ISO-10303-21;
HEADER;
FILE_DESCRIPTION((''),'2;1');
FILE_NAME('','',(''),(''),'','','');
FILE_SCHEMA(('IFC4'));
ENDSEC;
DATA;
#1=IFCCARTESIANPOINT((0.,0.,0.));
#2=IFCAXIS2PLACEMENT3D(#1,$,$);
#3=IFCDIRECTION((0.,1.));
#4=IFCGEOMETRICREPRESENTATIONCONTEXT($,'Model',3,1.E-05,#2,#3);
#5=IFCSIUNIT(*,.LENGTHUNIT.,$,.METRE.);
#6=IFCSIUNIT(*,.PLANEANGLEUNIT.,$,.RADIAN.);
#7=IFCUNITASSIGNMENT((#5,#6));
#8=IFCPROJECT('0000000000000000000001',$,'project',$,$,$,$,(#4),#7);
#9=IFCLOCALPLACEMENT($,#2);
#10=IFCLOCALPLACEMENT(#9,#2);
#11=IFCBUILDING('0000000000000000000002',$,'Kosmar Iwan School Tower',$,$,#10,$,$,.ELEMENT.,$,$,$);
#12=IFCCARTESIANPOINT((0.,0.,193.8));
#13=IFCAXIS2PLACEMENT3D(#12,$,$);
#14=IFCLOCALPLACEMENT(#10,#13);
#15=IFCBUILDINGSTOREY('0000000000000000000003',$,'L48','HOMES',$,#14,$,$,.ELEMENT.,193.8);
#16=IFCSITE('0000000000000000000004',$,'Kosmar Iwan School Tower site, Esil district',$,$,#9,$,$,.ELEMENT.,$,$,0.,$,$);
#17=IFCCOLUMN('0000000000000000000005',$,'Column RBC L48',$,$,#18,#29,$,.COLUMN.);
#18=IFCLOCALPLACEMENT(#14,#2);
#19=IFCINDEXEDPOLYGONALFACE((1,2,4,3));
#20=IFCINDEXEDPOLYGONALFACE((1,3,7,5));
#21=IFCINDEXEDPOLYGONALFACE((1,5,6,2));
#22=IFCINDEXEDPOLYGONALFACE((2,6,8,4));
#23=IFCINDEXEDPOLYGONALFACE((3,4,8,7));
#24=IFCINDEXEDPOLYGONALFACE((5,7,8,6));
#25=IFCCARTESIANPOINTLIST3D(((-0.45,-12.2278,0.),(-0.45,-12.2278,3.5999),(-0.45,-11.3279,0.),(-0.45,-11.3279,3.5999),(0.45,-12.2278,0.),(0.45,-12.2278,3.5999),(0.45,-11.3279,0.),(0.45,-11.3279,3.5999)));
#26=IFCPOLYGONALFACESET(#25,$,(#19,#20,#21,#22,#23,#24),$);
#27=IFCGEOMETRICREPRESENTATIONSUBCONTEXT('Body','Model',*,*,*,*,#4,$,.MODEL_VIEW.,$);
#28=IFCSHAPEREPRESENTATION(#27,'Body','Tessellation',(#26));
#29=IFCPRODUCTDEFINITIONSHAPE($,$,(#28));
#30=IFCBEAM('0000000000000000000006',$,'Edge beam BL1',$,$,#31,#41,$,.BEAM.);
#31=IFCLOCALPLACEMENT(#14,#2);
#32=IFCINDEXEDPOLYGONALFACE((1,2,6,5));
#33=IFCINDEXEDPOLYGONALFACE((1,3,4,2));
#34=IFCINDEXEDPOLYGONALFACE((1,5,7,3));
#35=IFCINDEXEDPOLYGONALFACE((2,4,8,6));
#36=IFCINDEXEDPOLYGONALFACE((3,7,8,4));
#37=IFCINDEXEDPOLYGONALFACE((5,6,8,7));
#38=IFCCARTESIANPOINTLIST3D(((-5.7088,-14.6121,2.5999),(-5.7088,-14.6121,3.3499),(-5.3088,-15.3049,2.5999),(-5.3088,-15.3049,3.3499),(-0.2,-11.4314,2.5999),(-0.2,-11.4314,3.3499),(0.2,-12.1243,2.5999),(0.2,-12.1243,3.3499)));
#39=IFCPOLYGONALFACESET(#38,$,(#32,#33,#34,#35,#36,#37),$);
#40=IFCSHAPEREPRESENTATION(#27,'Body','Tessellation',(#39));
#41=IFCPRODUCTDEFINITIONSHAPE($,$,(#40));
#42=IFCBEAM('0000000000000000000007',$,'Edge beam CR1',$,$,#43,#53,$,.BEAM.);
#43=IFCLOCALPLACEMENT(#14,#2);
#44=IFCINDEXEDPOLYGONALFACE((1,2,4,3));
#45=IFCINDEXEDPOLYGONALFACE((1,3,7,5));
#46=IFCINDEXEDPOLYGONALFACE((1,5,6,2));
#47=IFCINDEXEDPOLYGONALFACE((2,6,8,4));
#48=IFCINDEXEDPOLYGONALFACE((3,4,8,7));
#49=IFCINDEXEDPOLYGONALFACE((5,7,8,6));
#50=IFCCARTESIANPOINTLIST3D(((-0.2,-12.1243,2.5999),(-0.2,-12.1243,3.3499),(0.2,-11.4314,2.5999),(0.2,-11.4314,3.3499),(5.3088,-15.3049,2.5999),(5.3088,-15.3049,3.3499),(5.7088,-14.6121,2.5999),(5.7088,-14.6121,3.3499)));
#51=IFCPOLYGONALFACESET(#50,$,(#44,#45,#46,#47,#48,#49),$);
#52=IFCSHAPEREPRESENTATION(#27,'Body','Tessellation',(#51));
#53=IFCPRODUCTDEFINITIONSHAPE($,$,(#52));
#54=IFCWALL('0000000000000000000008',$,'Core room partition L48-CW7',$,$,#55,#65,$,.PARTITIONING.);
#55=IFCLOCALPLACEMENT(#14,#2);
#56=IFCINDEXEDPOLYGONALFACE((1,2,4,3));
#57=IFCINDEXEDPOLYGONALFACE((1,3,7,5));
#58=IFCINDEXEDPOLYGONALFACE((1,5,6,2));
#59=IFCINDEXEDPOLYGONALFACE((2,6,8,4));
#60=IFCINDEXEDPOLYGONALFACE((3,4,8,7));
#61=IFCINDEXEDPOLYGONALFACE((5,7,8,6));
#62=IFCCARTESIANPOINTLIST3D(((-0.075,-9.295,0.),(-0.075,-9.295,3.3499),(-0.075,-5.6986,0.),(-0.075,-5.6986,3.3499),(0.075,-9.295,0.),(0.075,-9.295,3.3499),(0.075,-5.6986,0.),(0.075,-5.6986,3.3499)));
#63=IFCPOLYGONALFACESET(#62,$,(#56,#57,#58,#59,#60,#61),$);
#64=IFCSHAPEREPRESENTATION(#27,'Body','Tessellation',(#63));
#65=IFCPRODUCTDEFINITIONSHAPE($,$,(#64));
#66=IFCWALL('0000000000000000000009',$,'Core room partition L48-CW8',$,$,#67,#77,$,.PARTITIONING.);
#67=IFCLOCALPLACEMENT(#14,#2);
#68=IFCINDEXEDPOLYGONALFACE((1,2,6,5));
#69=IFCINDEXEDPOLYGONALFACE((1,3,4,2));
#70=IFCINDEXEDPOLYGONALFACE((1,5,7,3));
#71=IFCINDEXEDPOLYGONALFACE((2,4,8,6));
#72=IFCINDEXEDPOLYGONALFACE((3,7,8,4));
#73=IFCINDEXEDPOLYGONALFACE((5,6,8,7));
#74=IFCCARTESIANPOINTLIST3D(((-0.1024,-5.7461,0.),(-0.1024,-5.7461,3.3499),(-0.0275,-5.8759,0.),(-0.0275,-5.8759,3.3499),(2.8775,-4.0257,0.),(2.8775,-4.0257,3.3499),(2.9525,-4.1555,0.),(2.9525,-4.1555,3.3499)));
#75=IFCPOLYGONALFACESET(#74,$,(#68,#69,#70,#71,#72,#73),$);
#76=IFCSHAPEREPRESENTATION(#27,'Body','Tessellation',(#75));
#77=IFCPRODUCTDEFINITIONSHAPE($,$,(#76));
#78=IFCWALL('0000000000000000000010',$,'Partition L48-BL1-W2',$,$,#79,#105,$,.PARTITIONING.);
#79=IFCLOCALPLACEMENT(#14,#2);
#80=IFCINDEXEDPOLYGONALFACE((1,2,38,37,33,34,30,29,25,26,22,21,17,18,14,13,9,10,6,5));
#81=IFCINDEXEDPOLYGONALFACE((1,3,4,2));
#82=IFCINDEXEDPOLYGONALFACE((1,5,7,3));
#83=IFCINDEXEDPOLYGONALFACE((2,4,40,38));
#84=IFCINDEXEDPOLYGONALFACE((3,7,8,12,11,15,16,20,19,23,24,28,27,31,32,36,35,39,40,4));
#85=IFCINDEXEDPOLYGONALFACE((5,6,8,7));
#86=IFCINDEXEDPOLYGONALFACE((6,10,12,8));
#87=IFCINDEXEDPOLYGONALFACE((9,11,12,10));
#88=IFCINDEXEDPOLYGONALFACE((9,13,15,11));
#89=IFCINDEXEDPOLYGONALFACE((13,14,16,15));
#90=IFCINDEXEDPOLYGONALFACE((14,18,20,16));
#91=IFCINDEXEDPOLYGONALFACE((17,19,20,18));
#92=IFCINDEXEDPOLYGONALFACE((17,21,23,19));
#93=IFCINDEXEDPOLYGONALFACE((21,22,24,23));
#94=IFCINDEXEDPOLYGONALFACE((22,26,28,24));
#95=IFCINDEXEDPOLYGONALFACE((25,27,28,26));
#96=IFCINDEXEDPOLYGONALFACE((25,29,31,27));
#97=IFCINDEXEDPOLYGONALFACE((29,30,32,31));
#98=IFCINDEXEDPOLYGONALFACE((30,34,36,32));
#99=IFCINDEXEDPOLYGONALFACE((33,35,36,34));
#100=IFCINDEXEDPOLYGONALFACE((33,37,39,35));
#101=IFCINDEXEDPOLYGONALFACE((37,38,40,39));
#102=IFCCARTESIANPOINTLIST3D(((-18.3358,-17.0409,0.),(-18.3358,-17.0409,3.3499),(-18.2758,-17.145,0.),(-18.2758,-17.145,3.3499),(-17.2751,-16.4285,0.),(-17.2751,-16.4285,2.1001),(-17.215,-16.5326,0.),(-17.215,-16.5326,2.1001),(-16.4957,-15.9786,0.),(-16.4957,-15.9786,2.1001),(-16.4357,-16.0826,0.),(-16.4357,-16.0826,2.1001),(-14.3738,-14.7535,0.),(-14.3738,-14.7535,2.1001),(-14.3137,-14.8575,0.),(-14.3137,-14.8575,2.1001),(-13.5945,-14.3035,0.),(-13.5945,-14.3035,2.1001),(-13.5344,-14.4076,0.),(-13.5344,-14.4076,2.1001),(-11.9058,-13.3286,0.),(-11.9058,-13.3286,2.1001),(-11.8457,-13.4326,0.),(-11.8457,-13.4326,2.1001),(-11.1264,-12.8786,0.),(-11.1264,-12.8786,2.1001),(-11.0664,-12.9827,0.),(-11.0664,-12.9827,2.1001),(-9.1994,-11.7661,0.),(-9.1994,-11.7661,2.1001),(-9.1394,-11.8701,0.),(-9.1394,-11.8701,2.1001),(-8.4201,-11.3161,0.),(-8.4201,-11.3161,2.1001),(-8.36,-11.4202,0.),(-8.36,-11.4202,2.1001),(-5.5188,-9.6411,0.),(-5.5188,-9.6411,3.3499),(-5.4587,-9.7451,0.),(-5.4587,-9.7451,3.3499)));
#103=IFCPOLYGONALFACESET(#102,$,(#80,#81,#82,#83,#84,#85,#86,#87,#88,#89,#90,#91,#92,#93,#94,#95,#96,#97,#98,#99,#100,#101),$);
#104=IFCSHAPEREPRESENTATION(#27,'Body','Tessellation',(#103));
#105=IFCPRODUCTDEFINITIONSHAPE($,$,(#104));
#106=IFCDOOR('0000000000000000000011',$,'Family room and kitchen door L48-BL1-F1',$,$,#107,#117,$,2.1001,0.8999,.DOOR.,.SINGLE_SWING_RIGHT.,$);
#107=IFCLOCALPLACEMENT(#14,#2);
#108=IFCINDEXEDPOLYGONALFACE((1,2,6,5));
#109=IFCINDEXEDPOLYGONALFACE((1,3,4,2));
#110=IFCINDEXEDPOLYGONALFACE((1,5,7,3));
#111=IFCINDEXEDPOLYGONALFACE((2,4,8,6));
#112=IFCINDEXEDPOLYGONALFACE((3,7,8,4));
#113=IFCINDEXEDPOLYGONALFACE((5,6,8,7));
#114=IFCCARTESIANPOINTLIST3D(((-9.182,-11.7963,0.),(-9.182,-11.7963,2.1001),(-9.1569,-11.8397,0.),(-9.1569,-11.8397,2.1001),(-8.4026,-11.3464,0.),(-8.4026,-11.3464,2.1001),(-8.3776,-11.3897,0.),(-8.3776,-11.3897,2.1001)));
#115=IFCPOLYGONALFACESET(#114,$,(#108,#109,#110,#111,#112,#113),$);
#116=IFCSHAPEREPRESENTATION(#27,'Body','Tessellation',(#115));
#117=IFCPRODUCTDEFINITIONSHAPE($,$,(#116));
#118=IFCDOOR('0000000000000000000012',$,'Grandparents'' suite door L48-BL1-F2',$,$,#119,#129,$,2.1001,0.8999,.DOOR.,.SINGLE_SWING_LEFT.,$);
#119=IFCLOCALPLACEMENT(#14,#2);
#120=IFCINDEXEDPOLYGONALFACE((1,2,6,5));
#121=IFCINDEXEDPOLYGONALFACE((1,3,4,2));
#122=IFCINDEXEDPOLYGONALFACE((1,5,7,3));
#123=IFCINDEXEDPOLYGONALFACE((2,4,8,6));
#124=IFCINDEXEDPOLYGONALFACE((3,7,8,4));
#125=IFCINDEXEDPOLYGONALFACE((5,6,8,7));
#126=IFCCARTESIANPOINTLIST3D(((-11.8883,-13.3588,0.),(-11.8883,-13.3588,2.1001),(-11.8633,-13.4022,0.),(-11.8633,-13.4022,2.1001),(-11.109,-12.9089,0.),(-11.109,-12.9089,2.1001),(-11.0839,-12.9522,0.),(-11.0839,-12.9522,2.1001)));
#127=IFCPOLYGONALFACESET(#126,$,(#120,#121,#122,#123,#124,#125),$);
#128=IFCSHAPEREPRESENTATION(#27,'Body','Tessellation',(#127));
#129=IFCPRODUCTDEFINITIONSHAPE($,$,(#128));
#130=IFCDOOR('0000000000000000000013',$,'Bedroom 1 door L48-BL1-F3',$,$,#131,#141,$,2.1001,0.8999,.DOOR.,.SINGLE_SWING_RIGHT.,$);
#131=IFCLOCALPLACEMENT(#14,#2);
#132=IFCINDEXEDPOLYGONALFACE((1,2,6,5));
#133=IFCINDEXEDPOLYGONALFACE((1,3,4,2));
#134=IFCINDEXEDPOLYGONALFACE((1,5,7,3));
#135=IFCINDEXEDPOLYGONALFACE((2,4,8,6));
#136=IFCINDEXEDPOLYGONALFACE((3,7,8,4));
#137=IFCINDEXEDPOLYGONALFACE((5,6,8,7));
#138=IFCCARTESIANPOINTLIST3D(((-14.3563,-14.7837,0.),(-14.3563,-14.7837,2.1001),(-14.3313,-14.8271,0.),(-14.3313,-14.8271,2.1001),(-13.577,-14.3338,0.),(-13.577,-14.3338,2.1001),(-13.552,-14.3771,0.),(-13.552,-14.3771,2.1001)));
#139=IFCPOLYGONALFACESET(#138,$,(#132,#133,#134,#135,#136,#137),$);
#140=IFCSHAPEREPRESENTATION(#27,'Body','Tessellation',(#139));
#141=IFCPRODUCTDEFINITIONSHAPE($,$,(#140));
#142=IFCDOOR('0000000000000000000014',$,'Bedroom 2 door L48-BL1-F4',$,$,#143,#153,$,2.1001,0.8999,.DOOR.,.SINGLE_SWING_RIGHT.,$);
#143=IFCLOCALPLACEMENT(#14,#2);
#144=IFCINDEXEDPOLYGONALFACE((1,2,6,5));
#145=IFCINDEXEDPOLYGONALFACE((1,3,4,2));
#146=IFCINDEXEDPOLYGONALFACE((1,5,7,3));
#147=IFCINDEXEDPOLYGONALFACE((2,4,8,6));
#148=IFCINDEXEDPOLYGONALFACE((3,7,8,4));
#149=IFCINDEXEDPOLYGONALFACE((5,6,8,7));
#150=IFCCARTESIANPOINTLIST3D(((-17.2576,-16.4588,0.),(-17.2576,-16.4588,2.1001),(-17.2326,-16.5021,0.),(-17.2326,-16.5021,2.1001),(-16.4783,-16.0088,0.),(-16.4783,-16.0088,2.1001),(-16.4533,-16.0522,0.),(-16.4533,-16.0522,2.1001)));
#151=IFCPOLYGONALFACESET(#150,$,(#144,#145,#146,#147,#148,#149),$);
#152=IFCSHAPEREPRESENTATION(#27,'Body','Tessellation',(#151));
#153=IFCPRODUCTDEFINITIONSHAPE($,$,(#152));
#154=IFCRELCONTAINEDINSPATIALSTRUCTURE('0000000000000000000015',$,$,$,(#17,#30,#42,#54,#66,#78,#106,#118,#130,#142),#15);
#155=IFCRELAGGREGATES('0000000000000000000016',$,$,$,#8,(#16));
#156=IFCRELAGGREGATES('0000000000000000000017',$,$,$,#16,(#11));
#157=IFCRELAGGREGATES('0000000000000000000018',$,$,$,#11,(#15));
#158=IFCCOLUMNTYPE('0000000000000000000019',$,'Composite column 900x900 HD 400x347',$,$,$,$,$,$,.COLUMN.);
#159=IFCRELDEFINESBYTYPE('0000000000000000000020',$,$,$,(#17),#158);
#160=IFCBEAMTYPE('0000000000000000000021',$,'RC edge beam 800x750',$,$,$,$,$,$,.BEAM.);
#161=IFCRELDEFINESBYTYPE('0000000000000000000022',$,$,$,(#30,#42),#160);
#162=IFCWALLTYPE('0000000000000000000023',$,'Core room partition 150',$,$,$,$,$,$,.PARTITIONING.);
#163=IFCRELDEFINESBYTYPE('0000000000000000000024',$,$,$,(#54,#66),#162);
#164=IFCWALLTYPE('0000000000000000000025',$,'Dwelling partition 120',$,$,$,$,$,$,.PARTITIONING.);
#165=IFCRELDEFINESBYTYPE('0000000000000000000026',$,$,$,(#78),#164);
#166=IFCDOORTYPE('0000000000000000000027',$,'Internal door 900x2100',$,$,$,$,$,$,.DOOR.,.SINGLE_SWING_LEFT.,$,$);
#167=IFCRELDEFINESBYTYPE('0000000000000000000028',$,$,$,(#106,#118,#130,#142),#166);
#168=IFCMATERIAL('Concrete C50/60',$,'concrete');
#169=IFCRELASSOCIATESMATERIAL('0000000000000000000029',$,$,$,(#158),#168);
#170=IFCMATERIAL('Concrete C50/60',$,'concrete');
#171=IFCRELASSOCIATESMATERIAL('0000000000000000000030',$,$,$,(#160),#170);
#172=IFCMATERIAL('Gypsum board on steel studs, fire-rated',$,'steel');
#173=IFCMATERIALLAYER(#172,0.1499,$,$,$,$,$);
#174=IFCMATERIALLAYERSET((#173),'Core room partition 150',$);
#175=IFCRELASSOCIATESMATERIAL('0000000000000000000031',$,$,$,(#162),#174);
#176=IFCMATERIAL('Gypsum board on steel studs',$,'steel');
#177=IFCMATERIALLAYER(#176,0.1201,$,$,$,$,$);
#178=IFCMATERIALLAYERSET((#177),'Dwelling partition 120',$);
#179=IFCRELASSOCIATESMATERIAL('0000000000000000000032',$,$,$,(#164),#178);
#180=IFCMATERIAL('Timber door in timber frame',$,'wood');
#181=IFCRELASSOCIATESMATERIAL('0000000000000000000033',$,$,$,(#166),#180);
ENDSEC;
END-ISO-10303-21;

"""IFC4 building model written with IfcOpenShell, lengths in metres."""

from ifc_helpers import new_model, si_unit, direction, frame, frame_2d, origin, origin_2d, place, context, subcontext, project, spatial, rectangle, extrude, material, layer, layer_set, material_profile, profile_set, type_object, element, fill, save


model = new_model("IFC4")

# Units and contexts
model_context = context("Model", 3, precision=1e-05, world=origin(), true_north=direction((0.0, 1.0)))
body_context = subcontext(model_context, "Body", "Model", "MODEL_VIEW")
ifc_project = project(units=[si_unit("LENGTHUNIT", "METRE"), si_unit("PLANEANGLEUNIT", "RADIAN")], contexts=[model_context])

# Site, building, storey
site_placement = place(None, origin())
site = spatial("IfcSite", under=ifc_project, at=site_placement, Name="Kosmar Iwan School Tower site, Esil district", CompositionType="ELEMENT", RefElevation=0.0)
building_placement = place(site_placement, origin())
building = spatial("IfcBuilding", under=site, at=building_placement, Name="Kosmar Iwan School Tower", CompositionType="ELEMENT")
storey_placement = place(building_placement, frame((0.0, 0.0, 193.8)))
storey = spatial("IfcBuildingStorey", under=building, at=storey_placement, Name="L48", Description="HOMES", CompositionType="ELEMENT", Elevation=193.8)

# Column
ifc_material_1 = material(Name="Concrete C50/60", Category="concrete")
ifc_material_profile_1 = material_profile(ifc_material_1, rectangle(XDim=0.8999, YDim=0.8999, at=origin_2d()), Name="RC 900x900 + HD 400x347")
ifc_profile_set_1 = profile_set([ifc_material_profile_1], Name="Concrete C50/60")
column_type = type_object("IfcColumnType", Name="Composite column 900x900 HD 400x347", PredefinedType="COLUMN", material=ifc_profile_set_1)
column_placement = place(storey_placement, frame((0.0, -11.7778, 0.0), z_axis=(0.0, 0.0, 1.0), x_axis=(1.0, 0.0, 0.0)))
element("IfcColumn", 1, at=column_placement, inside=storey, type_object=column_type, Name="Column RBC L48", PredefinedType="COLUMN", context=body_context, shape_type="SweptSolid", body=[
    extrude(rectangle(XDim=0.8999, YDim=0.8999, at=origin_2d()), origin(), (0.0, 0.0, 1.0), 3.5999),
])

# Beams
ifc_material_2 = material(Name="Concrete C50/60", Category="concrete")
ifc_material_profile_2 = material_profile(ifc_material_2, rectangle(XDim=0.8, YDim=0.75, at=origin_2d()), Name="RC 800x750")
ifc_profile_set_2 = profile_set([ifc_material_profile_2], Name="Concrete C50/60")
beam_type = type_object("IfcBeamType", Name="RC edge beam 800x750", PredefinedType="BEAM", material=ifc_profile_set_2)
for number, where, z_axis, x_axis, name in (
    (2, (0.0, -11.7778, 2.9749), (-0.866014, -0.500019, 0.0), (0.500019, -0.866014, 0.0), "Edge beam BL1"),
    (3, (0.0, -11.7778, 2.9749), (0.866014, -0.500019, 0.0), (0.500019, 0.866014, 0.0), "Edge beam CR1"),
):
    element("IfcBeam", number, at=place(storey_placement, frame(where, z_axis=z_axis, x_axis=x_axis)), inside=storey, type_object=beam_type, Name=name, PredefinedType="BEAM", context=body_context, shape_type="SweptSolid", body=[
        extrude(rectangle(XDim=0.8, YDim=0.75, at=origin_2d()), origin(), (0.0, 0.0, 1.0), 6.3611),
    ])

# Walls
ifc_material_3 = material(Name="Gypsum board on steel studs, fire-rated", Category="steel")
ifc_layer_1 = layer(ifc_material_3, 0.1499)
ifc_layer_set_1 = layer_set([ifc_layer_1], Name="Core room partition 150")
wall_type_1 = type_object("IfcWallType", Name="Core room partition 150", PredefinedType="PARTITIONING", material=ifc_layer_set_1)
wall_1_placement = place(storey_placement, frame((0.0, -5.6985, 0.0), z_axis=(0.0, 0.0, 1.0), x_axis=(0.0, -1.0, 0.0)))
element("IfcWall", 4, at=wall_1_placement, inside=storey, type_object=wall_type_1, Name="Core room partition L48-CW7", PredefinedType="PARTITIONING", context=body_context, shape_type="SweptSolid", body=[
    extrude(rectangle(XDim=3.5964, YDim=0.1499, at=frame_2d((1.7983, 0.0))), origin(), (0.0, 0.0, 1.0), 3.3499),
])
wall_2_placement = place(storey_placement, frame((-0.0649, -5.811, 0.0), z_axis=(0.0, 0.0, 1.0), x_axis=(0.86603, 0.499993, 0.0)))
element("IfcWall", 5, at=wall_2_placement, inside=storey, type_object=wall_type_1, Name="Core room partition L48-CW8", PredefinedType="PARTITIONING", context=body_context, shape_type="SweptSolid", body=[
    extrude(rectangle(XDim=3.4409, YDim=0.1499, at=frame_2d((1.7205, 0.0))), origin(), (0.0, 0.0, 1.0), 3.3499),
])

# Wall, openings, doors
ifc_material_4 = material(Name="Gypsum board on steel studs", Category="steel")
ifc_layer_2 = layer(ifc_material_4, 0.1201)
ifc_layer_set_2 = layer_set([ifc_layer_2], Name="Dwelling partition 120")
wall_type_2 = type_object("IfcWallType", Name="Dwelling partition 120", PredefinedType="PARTITIONING", material=ifc_layer_set_2)
wall_3_placement = place(storey_placement, frame((-5.4888, -9.6931, 0.0), z_axis=(0.0, 0.0, 1.0), x_axis=(-0.866028, -0.499996, 0.0)))
wall_3 = element("IfcWall", 6, at=wall_3_placement, inside=storey, type_object=wall_type_2, Name="Partition L48-BL1-W2", PredefinedType="PARTITIONING", context=body_context, shape_type="SweptSolid", body=[
    extrude(rectangle(XDim=14.7998, YDim=0.1201, at=frame_2d((7.3999, 0.0))), origin(), (0.0, 0.0, 1.0), 3.3499),
])
opening_1_placement = place(wall_3_placement, frame((3.3501, 0.0, 0.0)))
opening_1 = element("IfcOpeningElement", 7, at=opening_1_placement, cuts=wall_3, PredefinedType="OPENING", context=body_context, shape_type="SweptSolid", body=[
    extrude(rectangle(XDim=0.8999, YDim=2.1001, at=frame_2d((0.45, 1.05))), frame((0.0, 0.072, 0.0), z_axis=(0.0, -1.0, 0.0), x_axis=(1.0, 0.0, 0.0)), (0.0, 0.0, 1.0), 0.144),
])
opening_2_placement = place(wall_3_placement, frame((6.4751, 0.0, 0.0)))
opening_2 = element("IfcOpeningElement", 8, at=opening_2_placement, cuts=wall_3, PredefinedType="OPENING", context=body_context, shape_type="SweptSolid", body=[
    extrude(rectangle(XDim=0.8999, YDim=2.1001, at=frame_2d((0.45, 1.05))), frame((0.0, 0.072, 0.0), z_axis=(0.0, -1.0, 0.0), x_axis=(1.0, 0.0, 0.0)), (0.0, 0.0, 1.0), 0.144),
])
opening_3_placement = place(wall_3_placement, frame((9.325, 0.0, 0.0)))
opening_3 = element("IfcOpeningElement", 9, at=opening_3_placement, cuts=wall_3, PredefinedType="OPENING", context=body_context, shape_type="SweptSolid", body=[
    extrude(rectangle(XDim=0.8999, YDim=2.1001, at=frame_2d((0.45, 1.05))), frame((0.0, 0.072, 0.0), z_axis=(0.0, -1.0, 0.0), x_axis=(1.0, 0.0, 0.0)), (0.0, 0.0, 1.0), 0.144),
])
opening_4_placement = place(wall_3_placement, frame((12.675, 0.0, 0.0)))
opening_4 = element("IfcOpeningElement", 10, at=opening_4_placement, cuts=wall_3, PredefinedType="OPENING", context=body_context, shape_type="SweptSolid", body=[
    extrude(rectangle(XDim=0.8999, YDim=2.1001, at=frame_2d((0.45, 1.05))), frame((0.0, 0.072, 0.0), z_axis=(0.0, -1.0, 0.0), x_axis=(1.0, 0.0, 0.0)), (0.0, 0.0, 1.0), 0.144),
])
ifc_material_5 = material(Name="Timber door in timber frame", Category="wood")
door_type = type_object("IfcDoorType", Name="Internal door 900x2100", OperationType="SINGLE_SWING_LEFT", PredefinedType="DOOR", material=ifc_material_5)
door_1_placement = place(opening_1_placement, origin())
door_1 = element("IfcDoor", 11, at=door_1_placement, inside=storey, type_object=door_type, Name="Family room and kitchen door L48-BL1-F1", OperationType="SINGLE_SWING_RIGHT", OverallHeight=2.1001, OverallWidth=0.8999, PredefinedType="DOOR", context=body_context, shape_type="SweptSolid", body=[
    extrude(rectangle(XDim=0.8999, YDim=2.1001, at=frame_2d((0.45, 1.05))), frame((0.0, 0.0249, 0.0), z_axis=(0.0, -1.0, 0.0), x_axis=(1.0, 0.0, 0.0)), (0.0, 0.0, 1.0), 0.05),
])
fill(opening_1, door_1)
door_2_placement = place(opening_2_placement, origin())
door_2 = element("IfcDoor", 12, at=door_2_placement, inside=storey, type_object=door_type, Name="Grandparents' suite door L48-BL1-F2", OperationType="SINGLE_SWING_LEFT", OverallHeight=2.1001, OverallWidth=0.8999, PredefinedType="DOOR", context=body_context, shape_type="SweptSolid", body=[
    extrude(rectangle(XDim=0.8999, YDim=2.1001, at=frame_2d((0.45, 1.05))), frame((0.0, 0.0249, 0.0), z_axis=(0.0, -1.0, 0.0), x_axis=(1.0, 0.0, 0.0)), (0.0, 0.0, 1.0), 0.05),
])
fill(opening_2, door_2)
door_3_placement = place(opening_3_placement, origin())
door_3 = element("IfcDoor", 13, at=door_3_placement, inside=storey, type_object=door_type, Name="Bedroom 1 door L48-BL1-F3", OperationType="SINGLE_SWING_RIGHT", OverallHeight=2.1001, OverallWidth=0.8999, PredefinedType="DOOR", context=body_context, shape_type="SweptSolid", body=[
    extrude(rectangle(XDim=0.8999, YDim=2.1001, at=frame_2d((0.45, 1.05))), frame((0.0, 0.0249, 0.0), z_axis=(0.0, -1.0, 0.0), x_axis=(1.0, 0.0, 0.0)), (0.0, 0.0, 1.0), 0.05),
])
fill(opening_3, door_3)
door_4_placement = place(opening_4_placement, origin())
door_4 = element("IfcDoor", 14, at=door_4_placement, inside=storey, type_object=door_type, Name="Bedroom 2 door L48-BL1-F4", OperationType="SINGLE_SWING_RIGHT", OverallHeight=2.1001, OverallWidth=0.8999, PredefinedType="DOOR", context=body_context, shape_type="SweptSolid", body=[
    extrude(rectangle(XDim=0.8999, YDim=2.1001, at=frame_2d((0.45, 1.05))), frame((0.0, 0.0249, 0.0), z_axis=(0.0, -1.0, 0.0), x_axis=(1.0, 0.0, 0.0)), (0.0, 0.0, 1.0), 0.05),
])
fill(opening_4, door_4)

save(model, "model.ifc")
